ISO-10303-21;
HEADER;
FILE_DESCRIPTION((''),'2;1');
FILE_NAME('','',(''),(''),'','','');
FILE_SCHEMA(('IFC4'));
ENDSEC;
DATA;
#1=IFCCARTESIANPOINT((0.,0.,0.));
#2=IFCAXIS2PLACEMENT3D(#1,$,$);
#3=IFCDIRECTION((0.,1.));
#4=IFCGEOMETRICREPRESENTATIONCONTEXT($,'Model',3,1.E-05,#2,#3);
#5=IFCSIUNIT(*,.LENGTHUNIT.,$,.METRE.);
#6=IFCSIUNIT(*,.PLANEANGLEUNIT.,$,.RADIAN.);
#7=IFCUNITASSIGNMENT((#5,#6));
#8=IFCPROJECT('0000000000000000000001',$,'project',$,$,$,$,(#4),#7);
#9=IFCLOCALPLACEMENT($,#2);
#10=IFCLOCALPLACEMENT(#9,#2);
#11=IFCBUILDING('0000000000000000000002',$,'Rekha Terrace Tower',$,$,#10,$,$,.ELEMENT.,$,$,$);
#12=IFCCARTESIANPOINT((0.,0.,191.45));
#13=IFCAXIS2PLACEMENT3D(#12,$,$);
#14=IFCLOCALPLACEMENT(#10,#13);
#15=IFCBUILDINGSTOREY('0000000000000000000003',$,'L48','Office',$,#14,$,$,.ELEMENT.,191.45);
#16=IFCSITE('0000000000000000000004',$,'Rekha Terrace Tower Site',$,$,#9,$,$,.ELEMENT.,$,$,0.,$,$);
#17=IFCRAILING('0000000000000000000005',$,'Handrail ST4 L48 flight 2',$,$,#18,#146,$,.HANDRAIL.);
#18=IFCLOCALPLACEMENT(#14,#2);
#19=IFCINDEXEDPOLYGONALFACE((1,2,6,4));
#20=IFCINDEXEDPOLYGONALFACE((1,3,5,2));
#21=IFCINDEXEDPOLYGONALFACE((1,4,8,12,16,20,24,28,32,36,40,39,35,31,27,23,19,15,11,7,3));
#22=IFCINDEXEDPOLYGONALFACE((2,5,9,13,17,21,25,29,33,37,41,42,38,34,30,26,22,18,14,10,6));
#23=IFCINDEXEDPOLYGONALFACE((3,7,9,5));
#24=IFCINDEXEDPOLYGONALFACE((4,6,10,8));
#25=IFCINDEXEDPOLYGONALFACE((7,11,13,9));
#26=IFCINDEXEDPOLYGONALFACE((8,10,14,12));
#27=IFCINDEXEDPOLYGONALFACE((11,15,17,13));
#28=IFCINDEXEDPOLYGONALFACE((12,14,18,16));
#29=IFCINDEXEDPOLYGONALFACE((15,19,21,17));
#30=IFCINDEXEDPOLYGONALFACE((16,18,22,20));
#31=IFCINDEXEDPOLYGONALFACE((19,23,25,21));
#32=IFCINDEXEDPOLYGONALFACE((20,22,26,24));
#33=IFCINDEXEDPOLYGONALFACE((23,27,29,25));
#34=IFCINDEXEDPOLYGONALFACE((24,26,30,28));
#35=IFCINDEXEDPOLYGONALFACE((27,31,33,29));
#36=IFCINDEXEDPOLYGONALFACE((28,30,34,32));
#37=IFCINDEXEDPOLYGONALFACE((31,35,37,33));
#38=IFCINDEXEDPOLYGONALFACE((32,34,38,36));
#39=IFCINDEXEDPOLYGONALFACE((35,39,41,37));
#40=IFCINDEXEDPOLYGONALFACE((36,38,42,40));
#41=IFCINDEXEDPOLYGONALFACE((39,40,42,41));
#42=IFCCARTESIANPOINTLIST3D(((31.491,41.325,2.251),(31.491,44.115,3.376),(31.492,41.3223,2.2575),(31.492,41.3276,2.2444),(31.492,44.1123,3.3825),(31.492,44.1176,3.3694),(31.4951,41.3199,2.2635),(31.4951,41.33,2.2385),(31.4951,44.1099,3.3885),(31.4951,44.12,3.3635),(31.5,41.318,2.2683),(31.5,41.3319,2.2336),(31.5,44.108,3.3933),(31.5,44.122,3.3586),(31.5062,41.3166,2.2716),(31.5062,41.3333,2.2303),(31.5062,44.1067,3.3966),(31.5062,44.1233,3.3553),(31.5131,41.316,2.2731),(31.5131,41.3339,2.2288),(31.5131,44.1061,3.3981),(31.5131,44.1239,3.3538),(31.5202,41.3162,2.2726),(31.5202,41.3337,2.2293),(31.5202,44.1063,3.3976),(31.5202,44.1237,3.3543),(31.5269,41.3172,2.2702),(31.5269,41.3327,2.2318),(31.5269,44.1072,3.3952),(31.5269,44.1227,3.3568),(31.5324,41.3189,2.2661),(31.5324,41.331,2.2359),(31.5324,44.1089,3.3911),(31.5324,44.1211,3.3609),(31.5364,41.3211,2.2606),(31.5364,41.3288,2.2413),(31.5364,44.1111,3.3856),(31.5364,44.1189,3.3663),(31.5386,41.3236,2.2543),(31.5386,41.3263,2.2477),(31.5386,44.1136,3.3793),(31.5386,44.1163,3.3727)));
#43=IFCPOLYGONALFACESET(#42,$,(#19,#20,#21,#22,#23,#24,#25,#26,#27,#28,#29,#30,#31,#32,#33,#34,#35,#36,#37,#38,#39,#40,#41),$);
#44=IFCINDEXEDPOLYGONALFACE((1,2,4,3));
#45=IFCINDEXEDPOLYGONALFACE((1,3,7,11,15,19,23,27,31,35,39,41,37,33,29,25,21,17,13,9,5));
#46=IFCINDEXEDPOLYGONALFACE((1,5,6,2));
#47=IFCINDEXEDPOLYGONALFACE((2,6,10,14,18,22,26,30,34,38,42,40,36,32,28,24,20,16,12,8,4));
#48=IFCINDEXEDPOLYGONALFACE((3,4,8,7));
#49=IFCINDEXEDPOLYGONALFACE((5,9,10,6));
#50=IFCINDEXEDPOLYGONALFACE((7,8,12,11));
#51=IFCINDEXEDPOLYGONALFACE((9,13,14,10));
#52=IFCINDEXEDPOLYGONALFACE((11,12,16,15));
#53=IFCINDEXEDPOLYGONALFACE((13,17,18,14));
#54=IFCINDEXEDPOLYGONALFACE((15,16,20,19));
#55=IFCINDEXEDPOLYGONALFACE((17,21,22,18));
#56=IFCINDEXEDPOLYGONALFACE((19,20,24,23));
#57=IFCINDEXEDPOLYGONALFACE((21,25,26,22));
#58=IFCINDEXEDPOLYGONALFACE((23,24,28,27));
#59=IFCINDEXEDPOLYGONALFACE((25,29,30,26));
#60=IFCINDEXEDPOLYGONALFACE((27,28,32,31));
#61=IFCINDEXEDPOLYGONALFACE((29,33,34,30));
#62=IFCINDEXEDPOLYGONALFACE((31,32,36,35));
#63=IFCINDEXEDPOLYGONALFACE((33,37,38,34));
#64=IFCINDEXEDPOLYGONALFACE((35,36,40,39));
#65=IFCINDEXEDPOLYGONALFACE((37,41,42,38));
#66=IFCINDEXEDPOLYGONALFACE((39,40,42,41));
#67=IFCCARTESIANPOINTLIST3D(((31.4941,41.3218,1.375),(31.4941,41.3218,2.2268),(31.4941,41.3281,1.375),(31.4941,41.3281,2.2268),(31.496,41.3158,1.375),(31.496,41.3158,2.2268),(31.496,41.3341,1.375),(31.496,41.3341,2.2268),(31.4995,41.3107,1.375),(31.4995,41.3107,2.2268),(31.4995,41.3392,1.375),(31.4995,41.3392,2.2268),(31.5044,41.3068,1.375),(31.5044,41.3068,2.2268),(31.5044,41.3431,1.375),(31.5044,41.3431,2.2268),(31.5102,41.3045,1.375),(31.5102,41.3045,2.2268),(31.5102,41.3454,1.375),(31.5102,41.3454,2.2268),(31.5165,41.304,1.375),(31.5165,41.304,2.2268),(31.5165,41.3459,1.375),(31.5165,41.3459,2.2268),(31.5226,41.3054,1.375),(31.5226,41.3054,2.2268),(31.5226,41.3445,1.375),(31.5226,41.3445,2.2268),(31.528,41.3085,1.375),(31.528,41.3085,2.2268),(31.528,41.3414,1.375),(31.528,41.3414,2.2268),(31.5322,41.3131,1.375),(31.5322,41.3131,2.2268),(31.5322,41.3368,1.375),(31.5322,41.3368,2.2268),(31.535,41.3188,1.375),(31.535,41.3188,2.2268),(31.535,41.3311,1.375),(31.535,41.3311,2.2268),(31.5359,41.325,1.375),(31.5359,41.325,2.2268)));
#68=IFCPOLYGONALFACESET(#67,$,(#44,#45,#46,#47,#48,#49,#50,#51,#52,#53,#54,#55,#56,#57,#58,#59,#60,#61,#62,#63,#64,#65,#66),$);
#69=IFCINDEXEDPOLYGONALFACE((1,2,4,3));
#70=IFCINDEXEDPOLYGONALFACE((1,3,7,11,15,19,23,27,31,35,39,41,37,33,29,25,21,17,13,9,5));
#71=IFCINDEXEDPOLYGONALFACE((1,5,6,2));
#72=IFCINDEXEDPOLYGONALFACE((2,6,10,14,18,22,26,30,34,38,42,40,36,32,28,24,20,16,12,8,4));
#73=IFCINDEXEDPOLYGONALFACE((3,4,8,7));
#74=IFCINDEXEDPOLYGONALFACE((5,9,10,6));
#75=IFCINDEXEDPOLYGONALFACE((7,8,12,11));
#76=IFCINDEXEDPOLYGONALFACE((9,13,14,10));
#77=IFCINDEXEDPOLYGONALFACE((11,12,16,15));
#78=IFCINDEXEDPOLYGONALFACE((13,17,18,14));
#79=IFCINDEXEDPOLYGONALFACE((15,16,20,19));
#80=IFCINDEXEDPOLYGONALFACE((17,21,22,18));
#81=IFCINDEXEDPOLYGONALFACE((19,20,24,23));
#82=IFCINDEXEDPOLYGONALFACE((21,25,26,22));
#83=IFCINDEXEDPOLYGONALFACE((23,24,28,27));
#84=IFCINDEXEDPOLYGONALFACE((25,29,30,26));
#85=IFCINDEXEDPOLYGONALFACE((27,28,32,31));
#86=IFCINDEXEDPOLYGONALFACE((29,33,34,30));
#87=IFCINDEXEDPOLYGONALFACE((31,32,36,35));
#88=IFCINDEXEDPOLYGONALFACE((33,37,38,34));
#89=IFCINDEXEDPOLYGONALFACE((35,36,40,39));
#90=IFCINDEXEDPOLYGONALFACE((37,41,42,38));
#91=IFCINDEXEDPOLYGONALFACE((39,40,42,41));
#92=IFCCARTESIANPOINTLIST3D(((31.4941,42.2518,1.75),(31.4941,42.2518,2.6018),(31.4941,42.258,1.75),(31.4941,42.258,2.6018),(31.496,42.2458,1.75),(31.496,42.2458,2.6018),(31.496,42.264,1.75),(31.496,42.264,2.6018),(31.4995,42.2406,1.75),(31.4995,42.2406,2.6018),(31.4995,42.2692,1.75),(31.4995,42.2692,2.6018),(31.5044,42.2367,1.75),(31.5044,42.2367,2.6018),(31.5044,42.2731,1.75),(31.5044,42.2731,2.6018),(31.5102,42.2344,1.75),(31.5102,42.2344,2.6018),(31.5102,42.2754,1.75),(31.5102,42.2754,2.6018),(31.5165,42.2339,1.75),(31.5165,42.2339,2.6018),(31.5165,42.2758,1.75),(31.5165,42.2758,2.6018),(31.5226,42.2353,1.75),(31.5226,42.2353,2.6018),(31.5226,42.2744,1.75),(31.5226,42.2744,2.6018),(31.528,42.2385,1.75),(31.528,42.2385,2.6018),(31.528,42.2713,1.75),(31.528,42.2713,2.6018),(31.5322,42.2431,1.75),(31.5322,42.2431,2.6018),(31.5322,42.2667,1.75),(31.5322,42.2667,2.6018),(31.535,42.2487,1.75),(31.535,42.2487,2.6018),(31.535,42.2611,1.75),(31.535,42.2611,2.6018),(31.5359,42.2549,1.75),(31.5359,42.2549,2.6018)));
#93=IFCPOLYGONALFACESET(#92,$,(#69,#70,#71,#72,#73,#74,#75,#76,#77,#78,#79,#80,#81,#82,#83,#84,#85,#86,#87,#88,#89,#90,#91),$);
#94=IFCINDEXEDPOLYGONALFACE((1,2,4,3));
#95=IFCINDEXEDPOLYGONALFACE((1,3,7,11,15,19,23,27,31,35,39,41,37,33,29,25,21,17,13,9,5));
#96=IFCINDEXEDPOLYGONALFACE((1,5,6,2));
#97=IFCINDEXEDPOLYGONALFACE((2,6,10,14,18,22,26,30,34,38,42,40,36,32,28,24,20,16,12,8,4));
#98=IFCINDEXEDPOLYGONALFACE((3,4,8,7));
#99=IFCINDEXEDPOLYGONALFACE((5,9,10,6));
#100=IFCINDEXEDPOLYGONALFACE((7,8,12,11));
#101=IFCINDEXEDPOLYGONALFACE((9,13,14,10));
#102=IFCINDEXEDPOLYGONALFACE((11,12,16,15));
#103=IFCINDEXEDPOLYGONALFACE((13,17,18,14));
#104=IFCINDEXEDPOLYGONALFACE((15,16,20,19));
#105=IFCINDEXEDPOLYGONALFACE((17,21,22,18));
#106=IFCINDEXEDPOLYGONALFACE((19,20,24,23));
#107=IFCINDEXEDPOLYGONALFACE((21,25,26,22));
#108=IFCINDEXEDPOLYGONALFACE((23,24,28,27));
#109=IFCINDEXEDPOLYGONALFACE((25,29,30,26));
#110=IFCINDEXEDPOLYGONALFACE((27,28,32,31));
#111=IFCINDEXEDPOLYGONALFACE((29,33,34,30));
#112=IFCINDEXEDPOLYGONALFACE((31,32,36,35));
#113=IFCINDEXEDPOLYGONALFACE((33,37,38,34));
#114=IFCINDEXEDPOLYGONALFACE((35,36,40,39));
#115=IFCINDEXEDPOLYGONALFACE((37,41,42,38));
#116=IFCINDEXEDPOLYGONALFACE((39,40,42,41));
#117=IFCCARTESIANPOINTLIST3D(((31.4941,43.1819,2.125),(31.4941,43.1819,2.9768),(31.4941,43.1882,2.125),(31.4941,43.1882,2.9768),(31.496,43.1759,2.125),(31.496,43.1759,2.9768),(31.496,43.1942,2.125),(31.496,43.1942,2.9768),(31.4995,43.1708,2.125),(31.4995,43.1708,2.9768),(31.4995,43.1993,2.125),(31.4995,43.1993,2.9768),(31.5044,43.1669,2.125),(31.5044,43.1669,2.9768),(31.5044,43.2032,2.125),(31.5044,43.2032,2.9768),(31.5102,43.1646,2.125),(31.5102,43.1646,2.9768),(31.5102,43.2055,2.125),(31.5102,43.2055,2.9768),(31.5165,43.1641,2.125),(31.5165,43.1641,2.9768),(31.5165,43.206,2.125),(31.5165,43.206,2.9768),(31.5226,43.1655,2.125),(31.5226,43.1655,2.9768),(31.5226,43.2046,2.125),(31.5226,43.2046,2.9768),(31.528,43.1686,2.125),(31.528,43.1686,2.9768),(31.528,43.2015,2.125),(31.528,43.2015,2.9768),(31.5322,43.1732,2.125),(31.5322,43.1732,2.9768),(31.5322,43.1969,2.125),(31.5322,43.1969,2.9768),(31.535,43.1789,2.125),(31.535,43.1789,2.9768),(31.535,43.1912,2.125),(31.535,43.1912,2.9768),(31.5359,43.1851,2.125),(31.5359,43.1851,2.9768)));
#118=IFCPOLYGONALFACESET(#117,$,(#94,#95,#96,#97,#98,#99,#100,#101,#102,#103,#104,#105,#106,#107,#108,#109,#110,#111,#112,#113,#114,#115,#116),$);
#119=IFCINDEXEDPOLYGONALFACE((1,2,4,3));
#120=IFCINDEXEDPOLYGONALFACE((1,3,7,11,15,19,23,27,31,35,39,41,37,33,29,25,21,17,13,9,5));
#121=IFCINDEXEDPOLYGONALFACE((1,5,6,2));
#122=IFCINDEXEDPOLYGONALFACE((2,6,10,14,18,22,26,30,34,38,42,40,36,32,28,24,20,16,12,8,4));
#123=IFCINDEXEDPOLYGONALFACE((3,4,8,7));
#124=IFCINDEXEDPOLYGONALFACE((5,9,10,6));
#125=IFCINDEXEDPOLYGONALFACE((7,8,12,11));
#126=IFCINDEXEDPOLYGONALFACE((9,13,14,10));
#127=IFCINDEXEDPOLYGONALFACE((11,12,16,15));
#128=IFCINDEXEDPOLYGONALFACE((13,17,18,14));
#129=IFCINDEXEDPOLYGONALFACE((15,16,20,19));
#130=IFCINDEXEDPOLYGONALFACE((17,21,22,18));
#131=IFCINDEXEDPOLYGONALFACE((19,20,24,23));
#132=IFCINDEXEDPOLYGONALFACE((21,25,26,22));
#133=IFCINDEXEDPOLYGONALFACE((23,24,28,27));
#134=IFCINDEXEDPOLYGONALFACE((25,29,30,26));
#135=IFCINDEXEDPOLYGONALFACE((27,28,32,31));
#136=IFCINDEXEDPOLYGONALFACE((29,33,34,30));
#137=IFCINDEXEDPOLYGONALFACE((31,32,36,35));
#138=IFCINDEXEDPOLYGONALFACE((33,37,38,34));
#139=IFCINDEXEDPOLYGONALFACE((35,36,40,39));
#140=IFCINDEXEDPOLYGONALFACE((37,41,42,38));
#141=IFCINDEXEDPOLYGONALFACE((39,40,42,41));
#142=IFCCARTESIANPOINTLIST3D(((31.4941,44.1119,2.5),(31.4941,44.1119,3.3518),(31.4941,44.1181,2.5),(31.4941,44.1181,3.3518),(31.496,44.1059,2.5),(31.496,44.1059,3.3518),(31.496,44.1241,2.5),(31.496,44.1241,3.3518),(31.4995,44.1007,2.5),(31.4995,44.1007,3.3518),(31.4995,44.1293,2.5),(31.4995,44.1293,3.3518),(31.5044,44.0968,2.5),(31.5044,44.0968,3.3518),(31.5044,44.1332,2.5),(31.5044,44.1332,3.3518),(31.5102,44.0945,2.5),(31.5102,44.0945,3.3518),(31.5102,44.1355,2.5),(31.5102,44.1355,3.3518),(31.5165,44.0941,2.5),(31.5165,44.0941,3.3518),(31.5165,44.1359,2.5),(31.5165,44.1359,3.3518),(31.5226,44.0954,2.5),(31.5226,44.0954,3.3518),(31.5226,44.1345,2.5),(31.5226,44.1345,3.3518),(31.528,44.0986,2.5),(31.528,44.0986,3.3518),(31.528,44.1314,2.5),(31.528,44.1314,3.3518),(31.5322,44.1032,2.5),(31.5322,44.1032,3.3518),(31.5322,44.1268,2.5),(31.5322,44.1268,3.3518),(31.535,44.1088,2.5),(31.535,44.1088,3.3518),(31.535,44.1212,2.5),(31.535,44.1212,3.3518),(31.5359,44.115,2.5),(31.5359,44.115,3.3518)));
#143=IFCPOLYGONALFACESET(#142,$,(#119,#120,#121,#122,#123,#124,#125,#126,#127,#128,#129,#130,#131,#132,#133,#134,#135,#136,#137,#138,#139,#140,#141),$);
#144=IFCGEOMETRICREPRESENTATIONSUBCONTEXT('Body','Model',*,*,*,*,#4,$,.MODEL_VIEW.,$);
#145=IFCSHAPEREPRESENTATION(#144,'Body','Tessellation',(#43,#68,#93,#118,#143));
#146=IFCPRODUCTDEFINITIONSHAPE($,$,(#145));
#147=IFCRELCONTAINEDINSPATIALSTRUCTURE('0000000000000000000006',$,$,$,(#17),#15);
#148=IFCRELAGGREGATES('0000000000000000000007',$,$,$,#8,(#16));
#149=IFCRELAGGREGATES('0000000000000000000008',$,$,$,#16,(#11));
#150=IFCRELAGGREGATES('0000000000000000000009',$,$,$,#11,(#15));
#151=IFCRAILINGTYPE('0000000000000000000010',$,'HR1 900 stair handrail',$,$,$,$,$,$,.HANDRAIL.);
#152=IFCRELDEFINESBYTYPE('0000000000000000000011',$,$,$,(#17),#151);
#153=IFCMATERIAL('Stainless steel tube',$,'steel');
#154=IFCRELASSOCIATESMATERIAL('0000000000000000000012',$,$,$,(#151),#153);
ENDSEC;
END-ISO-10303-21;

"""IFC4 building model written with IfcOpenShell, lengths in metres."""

from ifc_helpers import new_model, si_unit, direction, frame, origin, origin_2d, place, context, subcontext, project, spatial, circle, extrude, material, type_object, element, save


model = new_model("IFC4")

# Units and contexts
model_context = context("Model", 3, precision=1e-05, world=origin(), true_north=direction((0.0, 1.0)))
body_context = subcontext(model_context, "Body", "Model", "MODEL_VIEW")
ifc_project = project(units=[si_unit("LENGTHUNIT", "METRE"), si_unit("PLANEANGLEUNIT", "RADIAN")], contexts=[model_context])

# Site, building, storey
site_placement = place(None, origin())
site = spatial("IfcSite", under=ifc_project, at=site_placement, Name="Rekha Terrace Tower Site", CompositionType="ELEMENT", RefElevation=0.0)
building_placement = place(site_placement, origin())
building = spatial("IfcBuilding", under=site, at=building_placement, Name="Rekha Terrace Tower", CompositionType="ELEMENT")
storey_placement = place(building_placement, frame((0.0, 0.0, 191.45)))
storey = spatial("IfcBuildingStorey", under=building, at=storey_placement, Name="L48", Description="Office", CompositionType="ELEMENT", Elevation=191.45)

# Railing
ifc_material_1 = material(Name="Stainless steel tube", Category="steel")
railing_type_1 = type_object("IfcRailingType", Name="HR1 900 stair handrail", PredefinedType="HANDRAIL", material=ifc_material_1)
railing_1_placement = place(storey_placement, frame((31.5149, 41.325, 1.375)))
element("IfcRailing", 1, at=railing_1_placement, inside=storey, type_object=railing_type_1, Name="Handrail ST4 L48 flight 2", PredefinedType="HANDRAIL", context=body_context, shape_type="SweptSolid", body=[
    extrude(circle(Radius=0.0239, at=origin_2d()), frame((0.0, 0.0, 0.876), z_axis=(0.0, 0.927443, 0.373964), x_axis=(-1.0, 0.0, 0.0)), (0.0, 0.0, 1.0), 3.0083),
    extrude(circle(Radius=0.021, at=origin_2d()), origin(), (0.0, 0.0, 1.0), 0.8518),
    extrude(circle(Radius=0.021, at=origin_2d()), frame((0.0, 0.9299, 0.375)), (0.0, 0.0, 1.0), 0.8518),
    extrude(circle(Radius=0.021, at=origin_2d()), frame((0.0, 1.8601, 0.75)), (0.0, 0.0, 1.0), 0.8518),
    extrude(circle(Radius=0.021, at=origin_2d()), frame((0.0, 2.79, 1.125)), (0.0, 0.0, 1.0), 0.8518),
])

save(model, "model.ifc")
